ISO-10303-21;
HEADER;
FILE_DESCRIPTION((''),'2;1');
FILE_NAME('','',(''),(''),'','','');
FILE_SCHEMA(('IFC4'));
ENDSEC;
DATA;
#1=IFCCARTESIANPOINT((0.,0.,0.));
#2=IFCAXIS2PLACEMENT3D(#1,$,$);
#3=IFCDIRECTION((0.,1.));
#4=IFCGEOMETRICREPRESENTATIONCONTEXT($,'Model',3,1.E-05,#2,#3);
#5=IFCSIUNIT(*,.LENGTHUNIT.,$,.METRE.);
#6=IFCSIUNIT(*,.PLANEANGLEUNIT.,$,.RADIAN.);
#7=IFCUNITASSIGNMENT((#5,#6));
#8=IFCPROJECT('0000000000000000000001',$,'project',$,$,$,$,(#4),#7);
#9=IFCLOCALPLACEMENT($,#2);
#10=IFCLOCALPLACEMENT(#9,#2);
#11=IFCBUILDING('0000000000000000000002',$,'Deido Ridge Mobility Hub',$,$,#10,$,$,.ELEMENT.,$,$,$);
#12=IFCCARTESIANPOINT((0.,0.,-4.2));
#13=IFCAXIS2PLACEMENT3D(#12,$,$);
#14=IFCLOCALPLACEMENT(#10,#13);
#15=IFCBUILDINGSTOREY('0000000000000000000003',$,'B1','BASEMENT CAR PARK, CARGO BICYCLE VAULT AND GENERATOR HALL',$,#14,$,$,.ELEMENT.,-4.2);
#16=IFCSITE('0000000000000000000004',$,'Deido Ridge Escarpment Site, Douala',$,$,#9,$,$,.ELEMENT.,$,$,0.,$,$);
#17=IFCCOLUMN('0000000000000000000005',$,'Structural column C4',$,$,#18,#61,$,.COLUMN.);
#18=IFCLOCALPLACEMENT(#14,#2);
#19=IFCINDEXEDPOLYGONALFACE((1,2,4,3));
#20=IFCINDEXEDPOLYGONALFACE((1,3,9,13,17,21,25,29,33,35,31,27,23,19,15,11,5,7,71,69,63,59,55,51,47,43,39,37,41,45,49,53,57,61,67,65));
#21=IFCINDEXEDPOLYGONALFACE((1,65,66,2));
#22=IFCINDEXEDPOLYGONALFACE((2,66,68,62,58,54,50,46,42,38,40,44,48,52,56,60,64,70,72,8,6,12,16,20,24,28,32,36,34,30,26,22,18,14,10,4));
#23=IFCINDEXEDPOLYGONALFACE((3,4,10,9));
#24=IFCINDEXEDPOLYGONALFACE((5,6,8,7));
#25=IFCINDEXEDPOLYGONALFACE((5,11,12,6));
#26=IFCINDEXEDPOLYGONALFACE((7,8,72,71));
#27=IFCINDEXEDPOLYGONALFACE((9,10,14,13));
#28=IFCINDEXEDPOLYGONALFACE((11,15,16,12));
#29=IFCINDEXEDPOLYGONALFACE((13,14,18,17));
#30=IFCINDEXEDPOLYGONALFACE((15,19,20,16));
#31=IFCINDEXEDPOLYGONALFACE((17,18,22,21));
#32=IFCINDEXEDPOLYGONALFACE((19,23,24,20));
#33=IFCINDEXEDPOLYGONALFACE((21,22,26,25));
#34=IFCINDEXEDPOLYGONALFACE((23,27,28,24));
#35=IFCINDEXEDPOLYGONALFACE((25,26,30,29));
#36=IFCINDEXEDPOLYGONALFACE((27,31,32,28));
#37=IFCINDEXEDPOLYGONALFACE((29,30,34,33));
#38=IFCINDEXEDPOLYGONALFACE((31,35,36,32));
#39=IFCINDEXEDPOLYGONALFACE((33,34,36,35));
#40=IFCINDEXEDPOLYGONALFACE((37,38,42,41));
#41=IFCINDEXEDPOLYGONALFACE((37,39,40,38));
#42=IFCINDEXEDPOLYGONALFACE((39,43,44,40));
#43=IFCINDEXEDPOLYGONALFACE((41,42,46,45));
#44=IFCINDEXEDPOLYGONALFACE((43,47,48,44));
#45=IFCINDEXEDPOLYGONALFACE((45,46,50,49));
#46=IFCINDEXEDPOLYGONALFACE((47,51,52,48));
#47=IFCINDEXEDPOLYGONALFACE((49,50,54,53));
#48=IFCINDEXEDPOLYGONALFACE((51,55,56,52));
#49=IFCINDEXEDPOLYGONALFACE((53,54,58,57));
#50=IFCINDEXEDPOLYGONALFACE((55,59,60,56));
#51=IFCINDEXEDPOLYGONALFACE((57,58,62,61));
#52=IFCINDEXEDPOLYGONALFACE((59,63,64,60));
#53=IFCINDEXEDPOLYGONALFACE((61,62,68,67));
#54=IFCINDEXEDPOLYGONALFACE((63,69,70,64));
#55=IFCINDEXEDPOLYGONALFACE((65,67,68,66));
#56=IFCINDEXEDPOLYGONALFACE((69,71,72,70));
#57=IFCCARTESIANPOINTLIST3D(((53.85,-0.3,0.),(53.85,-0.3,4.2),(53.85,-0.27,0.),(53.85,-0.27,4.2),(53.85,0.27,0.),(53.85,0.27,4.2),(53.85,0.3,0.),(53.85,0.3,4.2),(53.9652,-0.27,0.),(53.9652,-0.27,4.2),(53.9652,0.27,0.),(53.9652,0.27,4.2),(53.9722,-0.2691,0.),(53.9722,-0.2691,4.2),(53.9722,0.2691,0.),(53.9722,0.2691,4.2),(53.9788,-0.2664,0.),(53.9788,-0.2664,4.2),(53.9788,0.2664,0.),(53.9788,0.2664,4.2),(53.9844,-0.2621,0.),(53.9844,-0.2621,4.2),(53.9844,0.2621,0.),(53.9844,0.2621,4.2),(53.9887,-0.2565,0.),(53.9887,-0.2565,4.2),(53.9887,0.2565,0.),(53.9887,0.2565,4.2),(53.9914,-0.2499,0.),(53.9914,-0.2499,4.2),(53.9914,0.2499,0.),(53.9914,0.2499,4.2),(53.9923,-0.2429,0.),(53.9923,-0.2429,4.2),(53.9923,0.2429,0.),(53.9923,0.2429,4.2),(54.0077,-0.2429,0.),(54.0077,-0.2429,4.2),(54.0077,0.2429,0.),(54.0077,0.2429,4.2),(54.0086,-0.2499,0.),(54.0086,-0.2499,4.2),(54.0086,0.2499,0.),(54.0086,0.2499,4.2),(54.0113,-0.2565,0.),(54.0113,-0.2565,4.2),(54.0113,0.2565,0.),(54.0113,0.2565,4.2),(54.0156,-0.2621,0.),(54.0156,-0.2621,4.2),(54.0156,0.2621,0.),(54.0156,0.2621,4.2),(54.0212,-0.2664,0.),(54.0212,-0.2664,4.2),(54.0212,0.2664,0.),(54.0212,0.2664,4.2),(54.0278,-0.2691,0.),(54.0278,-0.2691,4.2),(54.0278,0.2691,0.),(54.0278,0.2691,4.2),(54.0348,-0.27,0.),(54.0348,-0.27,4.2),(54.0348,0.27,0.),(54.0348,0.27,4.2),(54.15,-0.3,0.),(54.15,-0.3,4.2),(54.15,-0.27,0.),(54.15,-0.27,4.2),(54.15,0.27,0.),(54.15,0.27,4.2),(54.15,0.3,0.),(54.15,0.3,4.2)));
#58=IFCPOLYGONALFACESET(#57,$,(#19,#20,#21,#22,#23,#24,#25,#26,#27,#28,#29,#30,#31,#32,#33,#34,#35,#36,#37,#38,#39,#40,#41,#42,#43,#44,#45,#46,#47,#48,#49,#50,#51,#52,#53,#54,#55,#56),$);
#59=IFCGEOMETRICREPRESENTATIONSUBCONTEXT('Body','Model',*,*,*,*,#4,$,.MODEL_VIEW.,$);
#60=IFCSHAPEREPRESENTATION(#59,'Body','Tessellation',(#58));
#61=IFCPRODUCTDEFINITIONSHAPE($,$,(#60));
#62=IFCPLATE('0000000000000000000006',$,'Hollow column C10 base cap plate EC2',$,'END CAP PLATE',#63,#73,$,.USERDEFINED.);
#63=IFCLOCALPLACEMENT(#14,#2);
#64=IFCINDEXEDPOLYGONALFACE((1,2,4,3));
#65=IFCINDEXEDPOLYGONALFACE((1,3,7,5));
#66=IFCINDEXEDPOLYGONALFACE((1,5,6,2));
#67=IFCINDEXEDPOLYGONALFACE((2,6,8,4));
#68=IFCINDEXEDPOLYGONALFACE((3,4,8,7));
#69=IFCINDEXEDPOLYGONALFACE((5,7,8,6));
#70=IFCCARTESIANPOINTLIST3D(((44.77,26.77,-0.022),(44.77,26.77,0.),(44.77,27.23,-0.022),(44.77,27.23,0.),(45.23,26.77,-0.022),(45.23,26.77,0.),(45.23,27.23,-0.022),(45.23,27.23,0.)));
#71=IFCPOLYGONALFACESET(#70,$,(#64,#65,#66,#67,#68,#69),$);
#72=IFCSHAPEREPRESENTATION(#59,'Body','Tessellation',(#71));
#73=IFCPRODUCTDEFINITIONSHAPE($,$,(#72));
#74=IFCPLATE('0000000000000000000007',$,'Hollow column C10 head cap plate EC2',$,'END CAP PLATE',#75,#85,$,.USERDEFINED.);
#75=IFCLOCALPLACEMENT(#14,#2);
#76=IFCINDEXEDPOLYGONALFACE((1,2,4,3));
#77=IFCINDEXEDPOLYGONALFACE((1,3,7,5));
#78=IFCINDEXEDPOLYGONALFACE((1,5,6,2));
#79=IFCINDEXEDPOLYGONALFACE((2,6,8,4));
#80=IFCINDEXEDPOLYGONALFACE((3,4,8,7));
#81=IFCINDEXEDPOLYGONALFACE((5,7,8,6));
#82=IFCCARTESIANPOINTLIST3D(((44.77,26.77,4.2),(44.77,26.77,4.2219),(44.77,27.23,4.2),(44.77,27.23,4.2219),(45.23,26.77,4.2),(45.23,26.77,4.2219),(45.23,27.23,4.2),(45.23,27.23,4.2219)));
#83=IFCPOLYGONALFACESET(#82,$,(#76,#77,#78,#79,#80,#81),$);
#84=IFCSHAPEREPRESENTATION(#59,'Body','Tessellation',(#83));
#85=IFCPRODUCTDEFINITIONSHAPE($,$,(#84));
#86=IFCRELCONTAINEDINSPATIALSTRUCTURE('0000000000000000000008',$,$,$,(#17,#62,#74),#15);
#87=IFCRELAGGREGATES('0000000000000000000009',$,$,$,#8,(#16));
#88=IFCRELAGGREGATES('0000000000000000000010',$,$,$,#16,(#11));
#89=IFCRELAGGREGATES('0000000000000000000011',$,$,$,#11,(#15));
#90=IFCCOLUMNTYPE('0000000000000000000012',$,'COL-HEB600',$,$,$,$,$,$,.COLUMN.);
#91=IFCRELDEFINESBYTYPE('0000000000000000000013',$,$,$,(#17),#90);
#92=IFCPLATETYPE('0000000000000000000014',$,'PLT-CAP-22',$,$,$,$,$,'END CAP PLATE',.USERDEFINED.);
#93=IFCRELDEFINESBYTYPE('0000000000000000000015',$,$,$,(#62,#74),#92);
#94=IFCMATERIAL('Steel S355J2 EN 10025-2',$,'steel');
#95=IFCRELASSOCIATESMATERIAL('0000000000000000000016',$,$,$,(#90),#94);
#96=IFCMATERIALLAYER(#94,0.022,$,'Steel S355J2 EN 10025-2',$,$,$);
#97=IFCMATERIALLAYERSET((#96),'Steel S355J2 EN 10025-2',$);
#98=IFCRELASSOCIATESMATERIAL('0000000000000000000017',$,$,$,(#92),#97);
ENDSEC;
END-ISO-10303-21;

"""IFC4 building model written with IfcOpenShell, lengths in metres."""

from ifc_helpers import new_model, si_unit, direction, frame, origin, origin_2d, place, context, subcontext, project, spatial, rectangle, i_section, extrude, material, layer, layer_set, material_profile, profile_set, type_object, element, save


model = new_model("IFC4")

# Units and contexts
model_context = context("Model", 3, precision=1e-05, world=origin(), true_north=direction((0.0, 1.0)))
body_context = subcontext(model_context, "Body", "Model", "MODEL_VIEW")
ifc_project = project(units=[si_unit("LENGTHUNIT", "METRE"), si_unit("PLANEANGLEUNIT", "RADIAN")], contexts=[model_context])

# Site, building, storey
site_placement = place(None, origin())
site = spatial("IfcSite", under=ifc_project, at=site_placement, Name="Deido Ridge Escarpment Site, Douala", CompositionType="ELEMENT", RefElevation=0.0)
building_placement = place(site_placement, origin())
building = spatial("IfcBuilding", under=site, at=building_placement, Name="Deido Ridge Mobility Hub", CompositionType="ELEMENT")
storey_placement = place(building_placement, frame((0.0, 0.0, -4.2)))
storey = spatial("IfcBuildingStorey", under=building, at=storey_placement, Name="B1", Description="BASEMENT CAR PARK, CARGO BICYCLE VAULT AND GENERATOR HALL", CompositionType="ELEMENT", Elevation=-4.2)

# Column
ifc_material_1 = material(Name="Steel S355J2 EN 10025-2", Category="steel")
ifc_material_profile_1 = material_profile(ifc_material_1, i_section(OverallWidth=0.3, OverallDepth=0.6001, WebThickness=0.0154, FlangeThickness=0.03, FilletRadius=0.0271, at=origin_2d()), Name="HEB 600")
ifc_profile_set_1 = profile_set([ifc_material_profile_1], Name="Steel S355J2 EN 10025-2")
column_type_1 = type_object("IfcColumnType", Name="COL-HEB600", PredefinedType="COLUMN", material=ifc_profile_set_1)
for number, where, z_axis, x_axis, name in (
    (1, (54.0, 0.0, 0.0), (0.0, 0.0, 1.0), (1.0, 0.0, 0.0), "Structural column C4"),
):
    element("IfcColumn", number, at=place(storey_placement, frame(where, z_axis=z_axis, x_axis=x_axis)), inside=storey, type_object=column_type_1, Name=name, PredefinedType="COLUMN", context=body_context, shape_type="SweptSolid", body=[
        extrude(i_section(OverallWidth=0.3, OverallDepth=0.6001, WebThickness=0.0154, FlangeThickness=0.03, FilletRadius=0.0271, at=origin_2d()), origin(), (0.0, 0.0, 1.0), 4.2),
    ])

# Plates
ifc_layer = layer(ifc_material_1, 0.022, Name="Steel S355J2 EN 10025-2")
ifc_layer_set = layer_set([ifc_layer], Name="Steel S355J2 EN 10025-2")
plate_type = type_object("IfcPlateType", Name="PLT-CAP-22", ElementType="END CAP PLATE", PredefinedType="USERDEFINED", material=ifc_layer_set)
for number, where, z_axis, x_axis, name in (
    (2, (45.0, 27.0, -0.022), (0.0, 0.0, 1.0), (1.0, 0.0, 0.0), "Hollow column C10 base cap plate EC2"),
    (3, (45.0, 27.0, 4.2), (0.0, 0.0, 1.0), (1.0, 0.0, 0.0), "Hollow column C10 head cap plate EC2"),
):
    element("IfcPlate", number, at=place(storey_placement, frame(where, z_axis=z_axis, x_axis=x_axis)), inside=storey, type_object=plate_type, Name=name, ObjectType="END CAP PLATE", PredefinedType="USERDEFINED", context=body_context, shape_type="SweptSolid", body=[
        extrude(rectangle(XDim=0.46, YDim=0.46, at=origin_2d()), origin(), (0.0, 0.0, 1.0), 0.022),
    ])

save(model, "model.ifc")
